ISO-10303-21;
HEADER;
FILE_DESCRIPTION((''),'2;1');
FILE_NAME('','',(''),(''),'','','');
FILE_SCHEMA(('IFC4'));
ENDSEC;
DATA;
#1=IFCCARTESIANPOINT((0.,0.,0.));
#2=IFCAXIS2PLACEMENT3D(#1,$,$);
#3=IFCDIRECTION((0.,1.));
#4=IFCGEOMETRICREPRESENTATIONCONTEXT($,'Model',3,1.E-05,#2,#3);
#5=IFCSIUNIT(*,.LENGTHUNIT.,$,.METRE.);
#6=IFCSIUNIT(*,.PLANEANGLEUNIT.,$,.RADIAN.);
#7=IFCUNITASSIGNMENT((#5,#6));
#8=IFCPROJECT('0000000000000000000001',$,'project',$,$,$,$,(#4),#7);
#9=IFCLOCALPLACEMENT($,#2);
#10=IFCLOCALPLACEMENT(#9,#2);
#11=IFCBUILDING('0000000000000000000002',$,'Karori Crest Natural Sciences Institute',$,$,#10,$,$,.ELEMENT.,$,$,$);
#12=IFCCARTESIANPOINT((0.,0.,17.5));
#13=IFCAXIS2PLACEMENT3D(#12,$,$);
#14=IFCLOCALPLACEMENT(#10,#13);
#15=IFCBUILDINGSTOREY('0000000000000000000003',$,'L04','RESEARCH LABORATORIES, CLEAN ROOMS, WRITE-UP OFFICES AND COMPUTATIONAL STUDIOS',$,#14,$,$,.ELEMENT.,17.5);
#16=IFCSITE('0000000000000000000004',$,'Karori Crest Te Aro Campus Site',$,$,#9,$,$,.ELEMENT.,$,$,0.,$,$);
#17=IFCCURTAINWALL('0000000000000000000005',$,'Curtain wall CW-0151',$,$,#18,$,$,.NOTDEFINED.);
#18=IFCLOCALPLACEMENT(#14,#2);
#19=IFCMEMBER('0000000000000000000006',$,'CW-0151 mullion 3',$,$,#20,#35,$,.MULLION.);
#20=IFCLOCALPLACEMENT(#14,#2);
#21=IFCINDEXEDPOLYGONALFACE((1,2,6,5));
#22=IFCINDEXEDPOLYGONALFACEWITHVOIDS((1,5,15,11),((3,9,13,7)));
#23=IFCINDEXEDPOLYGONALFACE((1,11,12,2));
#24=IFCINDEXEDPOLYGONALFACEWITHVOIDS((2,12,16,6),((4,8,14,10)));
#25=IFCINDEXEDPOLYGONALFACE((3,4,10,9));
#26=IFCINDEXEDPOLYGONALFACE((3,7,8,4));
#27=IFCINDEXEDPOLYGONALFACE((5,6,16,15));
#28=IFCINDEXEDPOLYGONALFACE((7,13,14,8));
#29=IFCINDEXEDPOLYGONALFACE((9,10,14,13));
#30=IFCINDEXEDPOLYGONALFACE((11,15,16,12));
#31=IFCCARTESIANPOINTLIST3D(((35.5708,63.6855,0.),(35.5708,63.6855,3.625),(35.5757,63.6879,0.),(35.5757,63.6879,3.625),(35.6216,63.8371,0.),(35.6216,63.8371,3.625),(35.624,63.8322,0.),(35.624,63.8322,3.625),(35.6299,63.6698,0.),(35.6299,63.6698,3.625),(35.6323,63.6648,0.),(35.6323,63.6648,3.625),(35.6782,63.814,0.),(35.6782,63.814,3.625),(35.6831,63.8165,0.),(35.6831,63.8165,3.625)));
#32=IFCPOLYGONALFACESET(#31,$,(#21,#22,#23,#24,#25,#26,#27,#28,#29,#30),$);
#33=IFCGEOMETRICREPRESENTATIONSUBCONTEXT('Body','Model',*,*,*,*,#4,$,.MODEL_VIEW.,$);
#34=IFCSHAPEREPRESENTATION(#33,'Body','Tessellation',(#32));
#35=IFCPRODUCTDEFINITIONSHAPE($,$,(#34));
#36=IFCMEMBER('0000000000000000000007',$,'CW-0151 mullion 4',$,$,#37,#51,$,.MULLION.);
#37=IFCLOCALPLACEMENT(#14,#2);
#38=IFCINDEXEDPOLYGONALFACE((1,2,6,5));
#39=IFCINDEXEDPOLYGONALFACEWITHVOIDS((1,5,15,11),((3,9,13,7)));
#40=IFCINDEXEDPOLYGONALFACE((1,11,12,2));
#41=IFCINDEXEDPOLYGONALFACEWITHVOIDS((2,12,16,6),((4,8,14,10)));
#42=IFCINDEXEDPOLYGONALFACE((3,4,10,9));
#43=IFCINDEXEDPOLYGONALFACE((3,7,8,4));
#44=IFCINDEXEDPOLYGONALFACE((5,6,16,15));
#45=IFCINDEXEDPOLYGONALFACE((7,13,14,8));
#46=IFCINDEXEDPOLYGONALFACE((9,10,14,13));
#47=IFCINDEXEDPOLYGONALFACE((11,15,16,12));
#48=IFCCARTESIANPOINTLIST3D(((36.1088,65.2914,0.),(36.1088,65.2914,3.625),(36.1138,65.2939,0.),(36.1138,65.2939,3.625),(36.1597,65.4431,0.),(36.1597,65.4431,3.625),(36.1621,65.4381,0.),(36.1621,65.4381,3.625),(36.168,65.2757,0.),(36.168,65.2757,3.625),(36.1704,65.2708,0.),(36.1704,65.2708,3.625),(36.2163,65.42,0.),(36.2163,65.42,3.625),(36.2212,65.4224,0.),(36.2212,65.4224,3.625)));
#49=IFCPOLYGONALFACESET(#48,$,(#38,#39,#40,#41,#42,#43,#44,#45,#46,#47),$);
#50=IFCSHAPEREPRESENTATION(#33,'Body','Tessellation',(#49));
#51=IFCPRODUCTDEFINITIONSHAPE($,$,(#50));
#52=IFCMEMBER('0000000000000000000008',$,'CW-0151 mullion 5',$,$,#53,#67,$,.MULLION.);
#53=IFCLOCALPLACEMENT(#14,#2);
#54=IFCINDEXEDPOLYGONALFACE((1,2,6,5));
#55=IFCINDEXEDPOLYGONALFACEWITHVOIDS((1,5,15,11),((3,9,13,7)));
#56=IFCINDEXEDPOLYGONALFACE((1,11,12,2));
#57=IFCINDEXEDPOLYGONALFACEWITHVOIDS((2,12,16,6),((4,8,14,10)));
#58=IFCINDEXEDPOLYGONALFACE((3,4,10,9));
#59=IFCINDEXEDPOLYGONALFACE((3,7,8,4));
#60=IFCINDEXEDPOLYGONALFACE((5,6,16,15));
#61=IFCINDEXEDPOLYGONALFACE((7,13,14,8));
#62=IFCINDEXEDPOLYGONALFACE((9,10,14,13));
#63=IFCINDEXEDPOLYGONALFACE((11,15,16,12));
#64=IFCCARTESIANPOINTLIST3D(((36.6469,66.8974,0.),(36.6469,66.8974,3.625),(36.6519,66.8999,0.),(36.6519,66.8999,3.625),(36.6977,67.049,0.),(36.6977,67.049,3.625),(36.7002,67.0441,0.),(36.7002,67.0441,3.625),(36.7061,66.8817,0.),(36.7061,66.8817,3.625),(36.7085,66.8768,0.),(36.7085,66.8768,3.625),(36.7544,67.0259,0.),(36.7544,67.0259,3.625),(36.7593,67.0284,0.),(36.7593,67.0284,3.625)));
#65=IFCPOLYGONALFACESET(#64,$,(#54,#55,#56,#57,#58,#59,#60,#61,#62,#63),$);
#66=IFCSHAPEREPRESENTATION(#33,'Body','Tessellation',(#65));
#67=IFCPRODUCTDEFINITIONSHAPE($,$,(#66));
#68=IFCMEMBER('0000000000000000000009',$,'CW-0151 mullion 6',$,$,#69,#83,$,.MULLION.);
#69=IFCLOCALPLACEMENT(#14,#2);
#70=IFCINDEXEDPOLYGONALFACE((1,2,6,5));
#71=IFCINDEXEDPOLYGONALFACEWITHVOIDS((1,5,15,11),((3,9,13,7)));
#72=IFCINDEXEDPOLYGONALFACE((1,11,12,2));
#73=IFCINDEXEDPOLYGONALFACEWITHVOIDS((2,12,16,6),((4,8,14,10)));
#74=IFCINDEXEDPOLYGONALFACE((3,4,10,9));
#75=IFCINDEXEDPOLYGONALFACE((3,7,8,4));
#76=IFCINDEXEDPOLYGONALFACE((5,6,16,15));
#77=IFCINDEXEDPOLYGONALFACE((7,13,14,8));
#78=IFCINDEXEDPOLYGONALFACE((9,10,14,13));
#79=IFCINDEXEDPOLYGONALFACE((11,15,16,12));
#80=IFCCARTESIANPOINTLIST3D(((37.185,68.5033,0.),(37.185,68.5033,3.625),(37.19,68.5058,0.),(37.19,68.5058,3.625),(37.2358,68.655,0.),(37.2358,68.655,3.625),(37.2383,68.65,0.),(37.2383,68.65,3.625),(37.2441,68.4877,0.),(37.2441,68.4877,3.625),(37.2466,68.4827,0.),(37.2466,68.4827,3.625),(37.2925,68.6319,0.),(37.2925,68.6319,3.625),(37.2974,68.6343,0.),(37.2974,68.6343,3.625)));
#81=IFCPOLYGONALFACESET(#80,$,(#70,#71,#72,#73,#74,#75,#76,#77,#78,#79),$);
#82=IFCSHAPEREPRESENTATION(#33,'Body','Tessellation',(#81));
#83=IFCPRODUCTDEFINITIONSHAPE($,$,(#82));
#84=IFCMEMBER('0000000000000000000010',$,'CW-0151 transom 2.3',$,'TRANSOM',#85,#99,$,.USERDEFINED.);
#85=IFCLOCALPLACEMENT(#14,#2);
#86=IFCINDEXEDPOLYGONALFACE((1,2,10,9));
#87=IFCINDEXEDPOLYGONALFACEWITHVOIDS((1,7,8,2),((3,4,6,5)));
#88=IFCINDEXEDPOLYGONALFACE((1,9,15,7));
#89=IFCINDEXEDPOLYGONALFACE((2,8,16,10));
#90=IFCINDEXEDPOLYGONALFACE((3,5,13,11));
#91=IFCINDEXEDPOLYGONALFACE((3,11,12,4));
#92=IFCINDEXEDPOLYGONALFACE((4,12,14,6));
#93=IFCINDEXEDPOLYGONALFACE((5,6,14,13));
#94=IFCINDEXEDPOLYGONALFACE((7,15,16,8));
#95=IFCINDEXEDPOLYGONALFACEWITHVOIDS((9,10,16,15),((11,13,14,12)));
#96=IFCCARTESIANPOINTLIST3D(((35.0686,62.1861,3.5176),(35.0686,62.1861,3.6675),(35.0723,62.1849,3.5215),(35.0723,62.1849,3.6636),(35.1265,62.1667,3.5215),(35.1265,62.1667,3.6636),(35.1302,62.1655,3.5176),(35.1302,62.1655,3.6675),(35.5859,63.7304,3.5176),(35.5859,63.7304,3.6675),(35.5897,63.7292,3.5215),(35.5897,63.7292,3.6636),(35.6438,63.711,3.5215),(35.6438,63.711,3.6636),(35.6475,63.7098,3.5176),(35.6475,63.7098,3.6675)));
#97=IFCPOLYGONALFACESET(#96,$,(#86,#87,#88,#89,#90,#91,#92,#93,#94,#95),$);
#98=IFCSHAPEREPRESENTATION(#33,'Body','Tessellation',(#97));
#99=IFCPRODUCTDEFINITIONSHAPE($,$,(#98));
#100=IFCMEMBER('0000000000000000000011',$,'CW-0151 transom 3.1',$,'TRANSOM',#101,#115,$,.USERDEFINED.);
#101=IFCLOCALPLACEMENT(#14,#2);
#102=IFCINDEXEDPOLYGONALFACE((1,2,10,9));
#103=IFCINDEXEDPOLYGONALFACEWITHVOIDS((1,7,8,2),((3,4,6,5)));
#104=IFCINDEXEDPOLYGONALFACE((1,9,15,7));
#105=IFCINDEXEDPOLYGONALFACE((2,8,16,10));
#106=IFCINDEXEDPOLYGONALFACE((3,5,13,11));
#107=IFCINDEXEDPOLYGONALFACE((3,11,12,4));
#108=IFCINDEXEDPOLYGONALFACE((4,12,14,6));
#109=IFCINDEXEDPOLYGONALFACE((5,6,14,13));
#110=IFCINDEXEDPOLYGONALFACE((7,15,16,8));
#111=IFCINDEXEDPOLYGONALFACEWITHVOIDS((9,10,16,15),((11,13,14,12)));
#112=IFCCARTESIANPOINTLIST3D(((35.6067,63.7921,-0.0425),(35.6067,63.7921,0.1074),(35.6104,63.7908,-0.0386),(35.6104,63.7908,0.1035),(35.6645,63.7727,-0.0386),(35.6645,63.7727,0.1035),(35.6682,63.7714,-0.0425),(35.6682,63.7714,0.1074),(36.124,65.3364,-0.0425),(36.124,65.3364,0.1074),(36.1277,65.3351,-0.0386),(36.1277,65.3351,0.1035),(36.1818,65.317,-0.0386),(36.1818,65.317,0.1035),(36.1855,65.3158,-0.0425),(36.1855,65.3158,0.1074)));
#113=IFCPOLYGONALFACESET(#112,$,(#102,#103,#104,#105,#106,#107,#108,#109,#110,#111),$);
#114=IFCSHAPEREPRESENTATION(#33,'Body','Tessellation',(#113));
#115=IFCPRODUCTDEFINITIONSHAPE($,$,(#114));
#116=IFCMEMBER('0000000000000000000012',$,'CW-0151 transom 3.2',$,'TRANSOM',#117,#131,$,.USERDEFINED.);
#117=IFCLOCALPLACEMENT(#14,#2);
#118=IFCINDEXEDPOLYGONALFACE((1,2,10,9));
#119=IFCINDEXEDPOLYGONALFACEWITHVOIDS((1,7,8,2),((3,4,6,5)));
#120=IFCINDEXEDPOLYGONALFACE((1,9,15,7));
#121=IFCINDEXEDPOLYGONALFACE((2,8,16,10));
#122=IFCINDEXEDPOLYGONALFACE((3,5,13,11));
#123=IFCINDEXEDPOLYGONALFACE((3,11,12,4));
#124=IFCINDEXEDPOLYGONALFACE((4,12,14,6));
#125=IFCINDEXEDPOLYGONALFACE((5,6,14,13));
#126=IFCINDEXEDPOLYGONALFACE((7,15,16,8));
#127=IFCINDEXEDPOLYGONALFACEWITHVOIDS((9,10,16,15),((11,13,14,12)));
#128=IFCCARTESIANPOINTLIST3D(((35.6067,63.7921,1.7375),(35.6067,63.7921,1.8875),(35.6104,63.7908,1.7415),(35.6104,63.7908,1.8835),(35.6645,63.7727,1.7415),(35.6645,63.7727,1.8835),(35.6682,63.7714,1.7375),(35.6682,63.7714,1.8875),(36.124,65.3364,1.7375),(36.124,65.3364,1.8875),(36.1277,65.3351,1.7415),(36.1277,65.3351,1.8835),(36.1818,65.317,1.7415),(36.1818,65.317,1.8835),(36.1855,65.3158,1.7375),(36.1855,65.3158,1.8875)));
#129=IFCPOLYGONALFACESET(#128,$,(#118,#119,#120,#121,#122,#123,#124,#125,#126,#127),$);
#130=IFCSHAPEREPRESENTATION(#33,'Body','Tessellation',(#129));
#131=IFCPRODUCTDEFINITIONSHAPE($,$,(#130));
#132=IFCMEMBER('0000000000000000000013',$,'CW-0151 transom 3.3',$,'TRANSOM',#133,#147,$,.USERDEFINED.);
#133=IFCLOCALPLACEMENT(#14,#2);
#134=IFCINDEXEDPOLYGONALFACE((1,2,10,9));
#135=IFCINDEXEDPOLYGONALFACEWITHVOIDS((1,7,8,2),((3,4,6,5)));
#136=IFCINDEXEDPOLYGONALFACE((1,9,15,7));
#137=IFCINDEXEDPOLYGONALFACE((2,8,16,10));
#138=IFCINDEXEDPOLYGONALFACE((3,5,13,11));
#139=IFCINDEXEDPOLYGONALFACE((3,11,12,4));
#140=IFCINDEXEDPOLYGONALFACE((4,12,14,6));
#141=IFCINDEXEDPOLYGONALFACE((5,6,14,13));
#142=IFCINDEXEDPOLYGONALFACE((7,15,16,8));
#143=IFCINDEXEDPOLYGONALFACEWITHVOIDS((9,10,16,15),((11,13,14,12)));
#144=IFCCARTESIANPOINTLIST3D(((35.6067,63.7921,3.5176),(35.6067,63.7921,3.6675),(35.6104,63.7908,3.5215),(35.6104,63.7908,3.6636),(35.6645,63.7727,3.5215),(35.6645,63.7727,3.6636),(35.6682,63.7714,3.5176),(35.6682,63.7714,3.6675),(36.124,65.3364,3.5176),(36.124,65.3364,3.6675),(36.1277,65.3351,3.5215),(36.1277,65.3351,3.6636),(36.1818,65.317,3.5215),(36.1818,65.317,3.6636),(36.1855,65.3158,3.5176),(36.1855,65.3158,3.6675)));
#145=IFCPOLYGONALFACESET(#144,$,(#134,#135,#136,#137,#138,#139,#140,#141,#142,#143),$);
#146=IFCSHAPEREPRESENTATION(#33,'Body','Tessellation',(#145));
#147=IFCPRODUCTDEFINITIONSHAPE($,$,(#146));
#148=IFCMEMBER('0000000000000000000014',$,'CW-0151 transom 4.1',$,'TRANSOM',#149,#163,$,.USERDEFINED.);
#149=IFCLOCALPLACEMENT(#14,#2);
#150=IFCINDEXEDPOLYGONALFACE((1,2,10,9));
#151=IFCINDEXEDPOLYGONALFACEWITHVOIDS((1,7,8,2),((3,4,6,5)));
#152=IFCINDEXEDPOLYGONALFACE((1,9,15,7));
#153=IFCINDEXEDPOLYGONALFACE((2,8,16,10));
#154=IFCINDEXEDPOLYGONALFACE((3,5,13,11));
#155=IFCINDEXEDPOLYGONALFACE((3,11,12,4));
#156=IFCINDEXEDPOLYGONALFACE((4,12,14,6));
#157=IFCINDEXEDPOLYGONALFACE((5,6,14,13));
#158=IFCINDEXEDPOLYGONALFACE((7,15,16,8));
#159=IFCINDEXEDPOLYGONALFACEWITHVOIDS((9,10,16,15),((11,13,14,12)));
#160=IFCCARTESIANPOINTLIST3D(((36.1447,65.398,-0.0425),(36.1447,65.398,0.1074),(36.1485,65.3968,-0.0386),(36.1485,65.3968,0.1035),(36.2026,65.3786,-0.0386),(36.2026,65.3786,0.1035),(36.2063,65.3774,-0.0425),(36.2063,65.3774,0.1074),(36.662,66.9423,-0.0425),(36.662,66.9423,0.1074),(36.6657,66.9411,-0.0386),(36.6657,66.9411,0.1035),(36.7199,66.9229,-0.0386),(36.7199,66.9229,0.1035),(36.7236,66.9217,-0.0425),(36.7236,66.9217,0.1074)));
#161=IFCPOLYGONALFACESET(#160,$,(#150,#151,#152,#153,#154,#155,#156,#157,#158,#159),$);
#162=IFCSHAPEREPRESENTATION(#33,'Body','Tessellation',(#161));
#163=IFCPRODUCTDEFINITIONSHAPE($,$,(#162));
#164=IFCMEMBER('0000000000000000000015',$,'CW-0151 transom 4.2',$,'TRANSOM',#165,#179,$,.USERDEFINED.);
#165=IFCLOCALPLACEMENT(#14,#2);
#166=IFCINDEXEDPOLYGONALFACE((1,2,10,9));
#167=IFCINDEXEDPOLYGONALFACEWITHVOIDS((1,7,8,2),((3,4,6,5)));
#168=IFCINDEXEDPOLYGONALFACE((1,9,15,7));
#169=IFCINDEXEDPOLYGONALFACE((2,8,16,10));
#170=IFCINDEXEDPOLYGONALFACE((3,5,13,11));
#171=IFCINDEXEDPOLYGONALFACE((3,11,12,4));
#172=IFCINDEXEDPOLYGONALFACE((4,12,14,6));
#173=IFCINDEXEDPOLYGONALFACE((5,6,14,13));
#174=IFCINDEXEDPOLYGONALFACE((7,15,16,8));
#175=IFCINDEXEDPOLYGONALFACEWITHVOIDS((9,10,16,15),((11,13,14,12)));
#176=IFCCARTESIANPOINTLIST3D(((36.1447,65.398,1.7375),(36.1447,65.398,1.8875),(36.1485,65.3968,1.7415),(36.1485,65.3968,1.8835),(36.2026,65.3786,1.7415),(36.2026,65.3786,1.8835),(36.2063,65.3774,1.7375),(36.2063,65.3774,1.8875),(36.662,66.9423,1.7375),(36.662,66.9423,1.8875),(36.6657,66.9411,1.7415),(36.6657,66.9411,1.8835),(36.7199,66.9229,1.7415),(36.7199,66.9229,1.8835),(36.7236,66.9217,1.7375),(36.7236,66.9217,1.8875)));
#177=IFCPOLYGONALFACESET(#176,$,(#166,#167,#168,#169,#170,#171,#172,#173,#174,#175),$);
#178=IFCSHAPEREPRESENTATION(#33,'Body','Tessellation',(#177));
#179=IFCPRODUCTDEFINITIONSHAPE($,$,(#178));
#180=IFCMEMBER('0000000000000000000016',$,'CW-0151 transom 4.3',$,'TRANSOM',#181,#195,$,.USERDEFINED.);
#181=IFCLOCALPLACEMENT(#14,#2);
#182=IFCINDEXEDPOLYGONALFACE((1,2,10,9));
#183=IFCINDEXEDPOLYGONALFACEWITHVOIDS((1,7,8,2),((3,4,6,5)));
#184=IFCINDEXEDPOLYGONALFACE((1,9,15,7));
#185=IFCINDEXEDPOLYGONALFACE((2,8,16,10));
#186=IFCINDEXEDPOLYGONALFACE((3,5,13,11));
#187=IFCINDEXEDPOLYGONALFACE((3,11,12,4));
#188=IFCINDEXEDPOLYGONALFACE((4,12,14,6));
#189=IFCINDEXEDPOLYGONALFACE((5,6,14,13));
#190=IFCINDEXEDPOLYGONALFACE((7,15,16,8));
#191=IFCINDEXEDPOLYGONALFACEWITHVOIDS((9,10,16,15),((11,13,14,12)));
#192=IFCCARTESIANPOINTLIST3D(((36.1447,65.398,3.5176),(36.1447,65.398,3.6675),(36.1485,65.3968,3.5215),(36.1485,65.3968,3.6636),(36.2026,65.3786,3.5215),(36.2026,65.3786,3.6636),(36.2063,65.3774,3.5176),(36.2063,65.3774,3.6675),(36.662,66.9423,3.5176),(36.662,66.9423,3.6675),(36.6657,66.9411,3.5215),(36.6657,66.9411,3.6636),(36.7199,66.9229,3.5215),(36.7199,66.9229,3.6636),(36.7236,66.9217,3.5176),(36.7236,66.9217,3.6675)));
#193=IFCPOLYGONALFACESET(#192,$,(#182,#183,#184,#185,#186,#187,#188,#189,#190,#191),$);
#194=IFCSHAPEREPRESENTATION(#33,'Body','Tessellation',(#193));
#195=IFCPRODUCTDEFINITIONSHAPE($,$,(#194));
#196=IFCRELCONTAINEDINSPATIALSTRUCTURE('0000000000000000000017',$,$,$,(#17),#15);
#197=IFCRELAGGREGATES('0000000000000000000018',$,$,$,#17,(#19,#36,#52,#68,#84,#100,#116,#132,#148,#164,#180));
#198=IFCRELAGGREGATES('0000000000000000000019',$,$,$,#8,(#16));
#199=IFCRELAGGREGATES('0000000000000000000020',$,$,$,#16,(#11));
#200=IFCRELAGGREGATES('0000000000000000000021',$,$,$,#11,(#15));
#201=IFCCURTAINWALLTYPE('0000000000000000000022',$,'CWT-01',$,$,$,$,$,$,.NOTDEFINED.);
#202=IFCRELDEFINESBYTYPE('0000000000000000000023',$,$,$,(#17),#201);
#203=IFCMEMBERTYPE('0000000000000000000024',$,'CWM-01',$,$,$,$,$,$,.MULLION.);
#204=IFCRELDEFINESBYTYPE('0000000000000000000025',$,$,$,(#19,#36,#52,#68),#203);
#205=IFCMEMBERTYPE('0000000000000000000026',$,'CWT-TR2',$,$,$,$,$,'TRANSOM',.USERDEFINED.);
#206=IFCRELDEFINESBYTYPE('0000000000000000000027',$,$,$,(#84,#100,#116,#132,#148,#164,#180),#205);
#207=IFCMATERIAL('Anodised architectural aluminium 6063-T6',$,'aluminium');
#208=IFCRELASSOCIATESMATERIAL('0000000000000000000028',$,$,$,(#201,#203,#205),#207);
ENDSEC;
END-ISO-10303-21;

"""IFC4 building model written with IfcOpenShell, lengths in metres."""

from ifc_helpers import new_model, si_unit, direction, frame, origin, origin_2d, place, context, subcontext, project, spatial, hollow_rectangle, extrude, material, material_profile, profile_set, type_object, element, aggregate, save


model = new_model("IFC4")

# Units and contexts
model_context = context("Model", 3, precision=1e-05, world=origin(), true_north=direction((0.0, 1.0)))
body_context = subcontext(model_context, "Body", "Model", "MODEL_VIEW")
ifc_project = project(units=[si_unit("LENGTHUNIT", "METRE"), si_unit("PLANEANGLEUNIT", "RADIAN")], contexts=[model_context])

# Site, building, storey
site_placement = place(None, origin())
site = spatial("IfcSite", under=ifc_project, at=site_placement, Name="Karori Crest Te Aro Campus Site", CompositionType="ELEMENT", RefElevation=0.0)
building_placement = place(site_placement, origin())
building = spatial("IfcBuilding", under=site, at=building_placement, Name="Karori Crest Natural Sciences Institute", CompositionType="ELEMENT")
storey_placement = place(building_placement, frame((0.0, 0.0, 17.5)))
storey = spatial("IfcBuildingStorey", under=building, at=storey_placement, Name="L04", Description="RESEARCH LABORATORIES, CLEAN ROOMS, WRITE-UP OFFICES AND COMPUTATIONAL STUDIOS", CompositionType="ELEMENT", Elevation=17.5)

# Curtain wall, members
ifc_material_1 = material(Name="Anodised architectural aluminium 6063-T6", Category="aluminium")
curtain_wall_type = type_object("IfcCurtainWallType", Name="CWT-01", PredefinedType="NOTDEFINED", material=ifc_material_1)
curtain_wall_placement = place(storey_placement, origin())
curtain_wall = element("IfcCurtainWall", 1, at=curtain_wall_placement, inside=storey, type_object=curtain_wall_type, Name="Curtain wall CW-0151", PredefinedType="NOTDEFINED")
ifc_material_profile_1 = material_profile(ifc_material_1, hollow_rectangle(XDim=0.0649, YDim=0.1599, WallThickness=0.0039, at=origin_2d()), Name="CWM160x65x4")
ifc_profile_set_1 = profile_set([ifc_material_profile_1], Name="Anodised architectural aluminium 6063-T6")
member_type_1 = type_object("IfcMemberType", Name="CWM-01", PredefinedType="MULLION", material=ifc_profile_set_1)
member_1_placement = place(storey_placement, frame((35.627, 63.751, 0.0), z_axis=(0.0, 0.0, 1.0), x_axis=(-0.948198, 0.31768, 0.0)))
member_1 = element("IfcMember", 2, at=member_1_placement, type_object=member_type_1, Name="CW-0151 mullion 3", PredefinedType="MULLION", context=body_context, shape_type="SweptSolid", body=[
    extrude(hollow_rectangle(XDim=0.0649, YDim=0.1599, WallThickness=0.0039, at=origin_2d()), origin(), (0.0, 0.0, 1.0), 3.625),
])
member_2_placement = place(storey_placement, frame((36.165, 65.3569, 0.0), z_axis=(0.0, 0.0, 1.0), x_axis=(-0.948198, 0.31768, 0.0)))
member_2 = element("IfcMember", 3, at=member_2_placement, type_object=member_type_1, Name="CW-0151 mullion 4", PredefinedType="MULLION", context=body_context, shape_type="SweptSolid", body=[
    extrude(hollow_rectangle(XDim=0.0649, YDim=0.1599, WallThickness=0.0039, at=origin_2d()), origin(), (0.0, 0.0, 1.0), 3.625),
])
member_3_placement = place(storey_placement, frame((36.7031, 66.9629, 0.0), z_axis=(0.0, 0.0, 1.0), x_axis=(-0.948198, 0.31768, 0.0)))
member_3 = element("IfcMember", 4, at=member_3_placement, type_object=member_type_1, Name="CW-0151 mullion 5", PredefinedType="MULLION", context=body_context, shape_type="SweptSolid", body=[
    extrude(hollow_rectangle(XDim=0.0649, YDim=0.1599, WallThickness=0.0039, at=origin_2d()), origin(), (0.0, 0.0, 1.0), 3.625),
])
member_4_placement = place(storey_placement, frame((37.2412, 68.5688, 0.0), z_axis=(0.0, 0.0, 1.0), x_axis=(-0.948198, 0.31768, 0.0)))
member_4 = element("IfcMember", 5, at=member_4_placement, type_object=member_type_1, Name="CW-0151 mullion 6", PredefinedType="MULLION", context=body_context, shape_type="SweptSolid", body=[
    extrude(hollow_rectangle(XDim=0.0649, YDim=0.1599, WallThickness=0.0039, at=origin_2d()), origin(), (0.0, 0.0, 1.0), 3.625),
])
ifc_material_profile_2 = material_profile(ifc_material_1, hollow_rectangle(XDim=0.0649, YDim=0.1499, WallThickness=0.0039, at=origin_2d()), Name="CWT150x65x4")
ifc_profile_set_2 = profile_set([ifc_material_profile_2], Name="Anodised architectural aluminium 6063-T6")
member_type_2 = type_object("IfcMemberType", Name="CWT-TR2", ElementType="TRANSOM", PredefinedType="USERDEFINED", material=ifc_profile_set_2)
member_5_placement = place(storey_placement, frame((35.0994, 62.1758, 3.5925), z_axis=(0.317667, 0.948202, 0.0), x_axis=(-0.948202, 0.317667, 0.0)))
member_5 = element("IfcMember", 6, at=member_5_placement, type_object=member_type_2, Name="CW-0151 transom 2.3", ObjectType="TRANSOM", PredefinedType="USERDEFINED", context=body_context, shape_type="SweptSolid", body=[
    extrude(hollow_rectangle(XDim=0.0649, YDim=0.1499, WallThickness=0.0039, at=origin_2d()), origin(), (0.0, 0.0, 1.0), 1.6287),
])
member_6_placement = place(storey_placement, frame((35.6375, 63.7817, 0.0325), z_axis=(0.317621, 0.948218, 0.0), x_axis=(-0.948218, 0.317621, 0.0)))
member_6 = element("IfcMember", 7, at=member_6_placement, type_object=member_type_2, Name="CW-0151 transom 3.1", ObjectType="TRANSOM", PredefinedType="USERDEFINED", context=body_context, shape_type="SweptSolid", body=[
    extrude(hollow_rectangle(XDim=0.0649, YDim=0.1499, WallThickness=0.0039, at=origin_2d()), origin(), (0.0, 0.0, 1.0), 1.6287),
])
member_7_placement = place(storey_placement, frame((35.6375, 63.7817, 1.8125), z_axis=(0.317621, 0.948218, 0.0), x_axis=(-0.948218, 0.317621, 0.0)))
member_7 = element("IfcMember", 8, at=member_7_placement, type_object=member_type_2, Name="CW-0151 transom 3.2", ObjectType="TRANSOM", PredefinedType="USERDEFINED", context=body_context, shape_type="SweptSolid", body=[
    extrude(hollow_rectangle(XDim=0.0649, YDim=0.1499, WallThickness=0.0039, at=origin_2d()), origin(), (0.0, 0.0, 1.0), 1.6287),
])
member_8_placement = place(storey_placement, frame((35.6375, 63.7817, 3.5925), z_axis=(0.317621, 0.948218, 0.0), x_axis=(-0.948218, 0.317621, 0.0)))
member_8 = element("IfcMember", 9, at=member_8_placement, type_object=member_type_2, Name="CW-0151 transom 3.3", ObjectType="TRANSOM", PredefinedType="USERDEFINED", context=body_context, shape_type="SweptSolid", body=[
    extrude(hollow_rectangle(XDim=0.0649, YDim=0.1499, WallThickness=0.0039, at=origin_2d()), origin(), (0.0, 0.0, 1.0), 1.6287),
])
member_9_placement = place(storey_placement, frame((36.1755, 65.3877, 0.0325), z_axis=(0.317621, 0.948218, 0.0), x_axis=(-0.948218, 0.317621, 0.0)))
member_9 = element("IfcMember", 10, at=member_9_placement, type_object=member_type_2, Name="CW-0151 transom 4.1", ObjectType="TRANSOM", PredefinedType="USERDEFINED", context=body_context, shape_type="SweptSolid", body=[
    extrude(hollow_rectangle(XDim=0.0649, YDim=0.1499, WallThickness=0.0039, at=origin_2d()), origin(), (0.0, 0.0, 1.0), 1.6287),
])
member_10_placement = place(storey_placement, frame((36.1755, 65.3877, 1.8125), z_axis=(0.317621, 0.948218, 0.0), x_axis=(-0.948218, 0.317621, 0.0)))
member_10 = element("IfcMember", 11, at=member_10_placement, type_object=member_type_2, Name="CW-0151 transom 4.2", ObjectType="TRANSOM", PredefinedType="USERDEFINED", context=body_context, shape_type="SweptSolid", body=[
    extrude(hollow_rectangle(XDim=0.0649, YDim=0.1499, WallThickness=0.0039, at=origin_2d()), origin(), (0.0, 0.0, 1.0), 1.6287),
])
member_11_placement = place(storey_placement, frame((36.1755, 65.3877, 3.5925), z_axis=(0.317621, 0.948218, 0.0), x_axis=(-0.948218, 0.317621, 0.0)))
member_11 = element("IfcMember", 12, at=member_11_placement, type_object=member_type_2, Name="CW-0151 transom 4.3", ObjectType="TRANSOM", PredefinedType="USERDEFINED", context=body_context, shape_type="SweptSolid", body=[
    extrude(hollow_rectangle(XDim=0.0649, YDim=0.1499, WallThickness=0.0039, at=origin_2d()), origin(), (0.0, 0.0, 1.0), 1.6287),
])
aggregate(curtain_wall, [member_1, member_2, member_3, member_4, member_5, member_6, member_7, member_8, member_9, member_10, member_11])

save(model, "model.ifc")
